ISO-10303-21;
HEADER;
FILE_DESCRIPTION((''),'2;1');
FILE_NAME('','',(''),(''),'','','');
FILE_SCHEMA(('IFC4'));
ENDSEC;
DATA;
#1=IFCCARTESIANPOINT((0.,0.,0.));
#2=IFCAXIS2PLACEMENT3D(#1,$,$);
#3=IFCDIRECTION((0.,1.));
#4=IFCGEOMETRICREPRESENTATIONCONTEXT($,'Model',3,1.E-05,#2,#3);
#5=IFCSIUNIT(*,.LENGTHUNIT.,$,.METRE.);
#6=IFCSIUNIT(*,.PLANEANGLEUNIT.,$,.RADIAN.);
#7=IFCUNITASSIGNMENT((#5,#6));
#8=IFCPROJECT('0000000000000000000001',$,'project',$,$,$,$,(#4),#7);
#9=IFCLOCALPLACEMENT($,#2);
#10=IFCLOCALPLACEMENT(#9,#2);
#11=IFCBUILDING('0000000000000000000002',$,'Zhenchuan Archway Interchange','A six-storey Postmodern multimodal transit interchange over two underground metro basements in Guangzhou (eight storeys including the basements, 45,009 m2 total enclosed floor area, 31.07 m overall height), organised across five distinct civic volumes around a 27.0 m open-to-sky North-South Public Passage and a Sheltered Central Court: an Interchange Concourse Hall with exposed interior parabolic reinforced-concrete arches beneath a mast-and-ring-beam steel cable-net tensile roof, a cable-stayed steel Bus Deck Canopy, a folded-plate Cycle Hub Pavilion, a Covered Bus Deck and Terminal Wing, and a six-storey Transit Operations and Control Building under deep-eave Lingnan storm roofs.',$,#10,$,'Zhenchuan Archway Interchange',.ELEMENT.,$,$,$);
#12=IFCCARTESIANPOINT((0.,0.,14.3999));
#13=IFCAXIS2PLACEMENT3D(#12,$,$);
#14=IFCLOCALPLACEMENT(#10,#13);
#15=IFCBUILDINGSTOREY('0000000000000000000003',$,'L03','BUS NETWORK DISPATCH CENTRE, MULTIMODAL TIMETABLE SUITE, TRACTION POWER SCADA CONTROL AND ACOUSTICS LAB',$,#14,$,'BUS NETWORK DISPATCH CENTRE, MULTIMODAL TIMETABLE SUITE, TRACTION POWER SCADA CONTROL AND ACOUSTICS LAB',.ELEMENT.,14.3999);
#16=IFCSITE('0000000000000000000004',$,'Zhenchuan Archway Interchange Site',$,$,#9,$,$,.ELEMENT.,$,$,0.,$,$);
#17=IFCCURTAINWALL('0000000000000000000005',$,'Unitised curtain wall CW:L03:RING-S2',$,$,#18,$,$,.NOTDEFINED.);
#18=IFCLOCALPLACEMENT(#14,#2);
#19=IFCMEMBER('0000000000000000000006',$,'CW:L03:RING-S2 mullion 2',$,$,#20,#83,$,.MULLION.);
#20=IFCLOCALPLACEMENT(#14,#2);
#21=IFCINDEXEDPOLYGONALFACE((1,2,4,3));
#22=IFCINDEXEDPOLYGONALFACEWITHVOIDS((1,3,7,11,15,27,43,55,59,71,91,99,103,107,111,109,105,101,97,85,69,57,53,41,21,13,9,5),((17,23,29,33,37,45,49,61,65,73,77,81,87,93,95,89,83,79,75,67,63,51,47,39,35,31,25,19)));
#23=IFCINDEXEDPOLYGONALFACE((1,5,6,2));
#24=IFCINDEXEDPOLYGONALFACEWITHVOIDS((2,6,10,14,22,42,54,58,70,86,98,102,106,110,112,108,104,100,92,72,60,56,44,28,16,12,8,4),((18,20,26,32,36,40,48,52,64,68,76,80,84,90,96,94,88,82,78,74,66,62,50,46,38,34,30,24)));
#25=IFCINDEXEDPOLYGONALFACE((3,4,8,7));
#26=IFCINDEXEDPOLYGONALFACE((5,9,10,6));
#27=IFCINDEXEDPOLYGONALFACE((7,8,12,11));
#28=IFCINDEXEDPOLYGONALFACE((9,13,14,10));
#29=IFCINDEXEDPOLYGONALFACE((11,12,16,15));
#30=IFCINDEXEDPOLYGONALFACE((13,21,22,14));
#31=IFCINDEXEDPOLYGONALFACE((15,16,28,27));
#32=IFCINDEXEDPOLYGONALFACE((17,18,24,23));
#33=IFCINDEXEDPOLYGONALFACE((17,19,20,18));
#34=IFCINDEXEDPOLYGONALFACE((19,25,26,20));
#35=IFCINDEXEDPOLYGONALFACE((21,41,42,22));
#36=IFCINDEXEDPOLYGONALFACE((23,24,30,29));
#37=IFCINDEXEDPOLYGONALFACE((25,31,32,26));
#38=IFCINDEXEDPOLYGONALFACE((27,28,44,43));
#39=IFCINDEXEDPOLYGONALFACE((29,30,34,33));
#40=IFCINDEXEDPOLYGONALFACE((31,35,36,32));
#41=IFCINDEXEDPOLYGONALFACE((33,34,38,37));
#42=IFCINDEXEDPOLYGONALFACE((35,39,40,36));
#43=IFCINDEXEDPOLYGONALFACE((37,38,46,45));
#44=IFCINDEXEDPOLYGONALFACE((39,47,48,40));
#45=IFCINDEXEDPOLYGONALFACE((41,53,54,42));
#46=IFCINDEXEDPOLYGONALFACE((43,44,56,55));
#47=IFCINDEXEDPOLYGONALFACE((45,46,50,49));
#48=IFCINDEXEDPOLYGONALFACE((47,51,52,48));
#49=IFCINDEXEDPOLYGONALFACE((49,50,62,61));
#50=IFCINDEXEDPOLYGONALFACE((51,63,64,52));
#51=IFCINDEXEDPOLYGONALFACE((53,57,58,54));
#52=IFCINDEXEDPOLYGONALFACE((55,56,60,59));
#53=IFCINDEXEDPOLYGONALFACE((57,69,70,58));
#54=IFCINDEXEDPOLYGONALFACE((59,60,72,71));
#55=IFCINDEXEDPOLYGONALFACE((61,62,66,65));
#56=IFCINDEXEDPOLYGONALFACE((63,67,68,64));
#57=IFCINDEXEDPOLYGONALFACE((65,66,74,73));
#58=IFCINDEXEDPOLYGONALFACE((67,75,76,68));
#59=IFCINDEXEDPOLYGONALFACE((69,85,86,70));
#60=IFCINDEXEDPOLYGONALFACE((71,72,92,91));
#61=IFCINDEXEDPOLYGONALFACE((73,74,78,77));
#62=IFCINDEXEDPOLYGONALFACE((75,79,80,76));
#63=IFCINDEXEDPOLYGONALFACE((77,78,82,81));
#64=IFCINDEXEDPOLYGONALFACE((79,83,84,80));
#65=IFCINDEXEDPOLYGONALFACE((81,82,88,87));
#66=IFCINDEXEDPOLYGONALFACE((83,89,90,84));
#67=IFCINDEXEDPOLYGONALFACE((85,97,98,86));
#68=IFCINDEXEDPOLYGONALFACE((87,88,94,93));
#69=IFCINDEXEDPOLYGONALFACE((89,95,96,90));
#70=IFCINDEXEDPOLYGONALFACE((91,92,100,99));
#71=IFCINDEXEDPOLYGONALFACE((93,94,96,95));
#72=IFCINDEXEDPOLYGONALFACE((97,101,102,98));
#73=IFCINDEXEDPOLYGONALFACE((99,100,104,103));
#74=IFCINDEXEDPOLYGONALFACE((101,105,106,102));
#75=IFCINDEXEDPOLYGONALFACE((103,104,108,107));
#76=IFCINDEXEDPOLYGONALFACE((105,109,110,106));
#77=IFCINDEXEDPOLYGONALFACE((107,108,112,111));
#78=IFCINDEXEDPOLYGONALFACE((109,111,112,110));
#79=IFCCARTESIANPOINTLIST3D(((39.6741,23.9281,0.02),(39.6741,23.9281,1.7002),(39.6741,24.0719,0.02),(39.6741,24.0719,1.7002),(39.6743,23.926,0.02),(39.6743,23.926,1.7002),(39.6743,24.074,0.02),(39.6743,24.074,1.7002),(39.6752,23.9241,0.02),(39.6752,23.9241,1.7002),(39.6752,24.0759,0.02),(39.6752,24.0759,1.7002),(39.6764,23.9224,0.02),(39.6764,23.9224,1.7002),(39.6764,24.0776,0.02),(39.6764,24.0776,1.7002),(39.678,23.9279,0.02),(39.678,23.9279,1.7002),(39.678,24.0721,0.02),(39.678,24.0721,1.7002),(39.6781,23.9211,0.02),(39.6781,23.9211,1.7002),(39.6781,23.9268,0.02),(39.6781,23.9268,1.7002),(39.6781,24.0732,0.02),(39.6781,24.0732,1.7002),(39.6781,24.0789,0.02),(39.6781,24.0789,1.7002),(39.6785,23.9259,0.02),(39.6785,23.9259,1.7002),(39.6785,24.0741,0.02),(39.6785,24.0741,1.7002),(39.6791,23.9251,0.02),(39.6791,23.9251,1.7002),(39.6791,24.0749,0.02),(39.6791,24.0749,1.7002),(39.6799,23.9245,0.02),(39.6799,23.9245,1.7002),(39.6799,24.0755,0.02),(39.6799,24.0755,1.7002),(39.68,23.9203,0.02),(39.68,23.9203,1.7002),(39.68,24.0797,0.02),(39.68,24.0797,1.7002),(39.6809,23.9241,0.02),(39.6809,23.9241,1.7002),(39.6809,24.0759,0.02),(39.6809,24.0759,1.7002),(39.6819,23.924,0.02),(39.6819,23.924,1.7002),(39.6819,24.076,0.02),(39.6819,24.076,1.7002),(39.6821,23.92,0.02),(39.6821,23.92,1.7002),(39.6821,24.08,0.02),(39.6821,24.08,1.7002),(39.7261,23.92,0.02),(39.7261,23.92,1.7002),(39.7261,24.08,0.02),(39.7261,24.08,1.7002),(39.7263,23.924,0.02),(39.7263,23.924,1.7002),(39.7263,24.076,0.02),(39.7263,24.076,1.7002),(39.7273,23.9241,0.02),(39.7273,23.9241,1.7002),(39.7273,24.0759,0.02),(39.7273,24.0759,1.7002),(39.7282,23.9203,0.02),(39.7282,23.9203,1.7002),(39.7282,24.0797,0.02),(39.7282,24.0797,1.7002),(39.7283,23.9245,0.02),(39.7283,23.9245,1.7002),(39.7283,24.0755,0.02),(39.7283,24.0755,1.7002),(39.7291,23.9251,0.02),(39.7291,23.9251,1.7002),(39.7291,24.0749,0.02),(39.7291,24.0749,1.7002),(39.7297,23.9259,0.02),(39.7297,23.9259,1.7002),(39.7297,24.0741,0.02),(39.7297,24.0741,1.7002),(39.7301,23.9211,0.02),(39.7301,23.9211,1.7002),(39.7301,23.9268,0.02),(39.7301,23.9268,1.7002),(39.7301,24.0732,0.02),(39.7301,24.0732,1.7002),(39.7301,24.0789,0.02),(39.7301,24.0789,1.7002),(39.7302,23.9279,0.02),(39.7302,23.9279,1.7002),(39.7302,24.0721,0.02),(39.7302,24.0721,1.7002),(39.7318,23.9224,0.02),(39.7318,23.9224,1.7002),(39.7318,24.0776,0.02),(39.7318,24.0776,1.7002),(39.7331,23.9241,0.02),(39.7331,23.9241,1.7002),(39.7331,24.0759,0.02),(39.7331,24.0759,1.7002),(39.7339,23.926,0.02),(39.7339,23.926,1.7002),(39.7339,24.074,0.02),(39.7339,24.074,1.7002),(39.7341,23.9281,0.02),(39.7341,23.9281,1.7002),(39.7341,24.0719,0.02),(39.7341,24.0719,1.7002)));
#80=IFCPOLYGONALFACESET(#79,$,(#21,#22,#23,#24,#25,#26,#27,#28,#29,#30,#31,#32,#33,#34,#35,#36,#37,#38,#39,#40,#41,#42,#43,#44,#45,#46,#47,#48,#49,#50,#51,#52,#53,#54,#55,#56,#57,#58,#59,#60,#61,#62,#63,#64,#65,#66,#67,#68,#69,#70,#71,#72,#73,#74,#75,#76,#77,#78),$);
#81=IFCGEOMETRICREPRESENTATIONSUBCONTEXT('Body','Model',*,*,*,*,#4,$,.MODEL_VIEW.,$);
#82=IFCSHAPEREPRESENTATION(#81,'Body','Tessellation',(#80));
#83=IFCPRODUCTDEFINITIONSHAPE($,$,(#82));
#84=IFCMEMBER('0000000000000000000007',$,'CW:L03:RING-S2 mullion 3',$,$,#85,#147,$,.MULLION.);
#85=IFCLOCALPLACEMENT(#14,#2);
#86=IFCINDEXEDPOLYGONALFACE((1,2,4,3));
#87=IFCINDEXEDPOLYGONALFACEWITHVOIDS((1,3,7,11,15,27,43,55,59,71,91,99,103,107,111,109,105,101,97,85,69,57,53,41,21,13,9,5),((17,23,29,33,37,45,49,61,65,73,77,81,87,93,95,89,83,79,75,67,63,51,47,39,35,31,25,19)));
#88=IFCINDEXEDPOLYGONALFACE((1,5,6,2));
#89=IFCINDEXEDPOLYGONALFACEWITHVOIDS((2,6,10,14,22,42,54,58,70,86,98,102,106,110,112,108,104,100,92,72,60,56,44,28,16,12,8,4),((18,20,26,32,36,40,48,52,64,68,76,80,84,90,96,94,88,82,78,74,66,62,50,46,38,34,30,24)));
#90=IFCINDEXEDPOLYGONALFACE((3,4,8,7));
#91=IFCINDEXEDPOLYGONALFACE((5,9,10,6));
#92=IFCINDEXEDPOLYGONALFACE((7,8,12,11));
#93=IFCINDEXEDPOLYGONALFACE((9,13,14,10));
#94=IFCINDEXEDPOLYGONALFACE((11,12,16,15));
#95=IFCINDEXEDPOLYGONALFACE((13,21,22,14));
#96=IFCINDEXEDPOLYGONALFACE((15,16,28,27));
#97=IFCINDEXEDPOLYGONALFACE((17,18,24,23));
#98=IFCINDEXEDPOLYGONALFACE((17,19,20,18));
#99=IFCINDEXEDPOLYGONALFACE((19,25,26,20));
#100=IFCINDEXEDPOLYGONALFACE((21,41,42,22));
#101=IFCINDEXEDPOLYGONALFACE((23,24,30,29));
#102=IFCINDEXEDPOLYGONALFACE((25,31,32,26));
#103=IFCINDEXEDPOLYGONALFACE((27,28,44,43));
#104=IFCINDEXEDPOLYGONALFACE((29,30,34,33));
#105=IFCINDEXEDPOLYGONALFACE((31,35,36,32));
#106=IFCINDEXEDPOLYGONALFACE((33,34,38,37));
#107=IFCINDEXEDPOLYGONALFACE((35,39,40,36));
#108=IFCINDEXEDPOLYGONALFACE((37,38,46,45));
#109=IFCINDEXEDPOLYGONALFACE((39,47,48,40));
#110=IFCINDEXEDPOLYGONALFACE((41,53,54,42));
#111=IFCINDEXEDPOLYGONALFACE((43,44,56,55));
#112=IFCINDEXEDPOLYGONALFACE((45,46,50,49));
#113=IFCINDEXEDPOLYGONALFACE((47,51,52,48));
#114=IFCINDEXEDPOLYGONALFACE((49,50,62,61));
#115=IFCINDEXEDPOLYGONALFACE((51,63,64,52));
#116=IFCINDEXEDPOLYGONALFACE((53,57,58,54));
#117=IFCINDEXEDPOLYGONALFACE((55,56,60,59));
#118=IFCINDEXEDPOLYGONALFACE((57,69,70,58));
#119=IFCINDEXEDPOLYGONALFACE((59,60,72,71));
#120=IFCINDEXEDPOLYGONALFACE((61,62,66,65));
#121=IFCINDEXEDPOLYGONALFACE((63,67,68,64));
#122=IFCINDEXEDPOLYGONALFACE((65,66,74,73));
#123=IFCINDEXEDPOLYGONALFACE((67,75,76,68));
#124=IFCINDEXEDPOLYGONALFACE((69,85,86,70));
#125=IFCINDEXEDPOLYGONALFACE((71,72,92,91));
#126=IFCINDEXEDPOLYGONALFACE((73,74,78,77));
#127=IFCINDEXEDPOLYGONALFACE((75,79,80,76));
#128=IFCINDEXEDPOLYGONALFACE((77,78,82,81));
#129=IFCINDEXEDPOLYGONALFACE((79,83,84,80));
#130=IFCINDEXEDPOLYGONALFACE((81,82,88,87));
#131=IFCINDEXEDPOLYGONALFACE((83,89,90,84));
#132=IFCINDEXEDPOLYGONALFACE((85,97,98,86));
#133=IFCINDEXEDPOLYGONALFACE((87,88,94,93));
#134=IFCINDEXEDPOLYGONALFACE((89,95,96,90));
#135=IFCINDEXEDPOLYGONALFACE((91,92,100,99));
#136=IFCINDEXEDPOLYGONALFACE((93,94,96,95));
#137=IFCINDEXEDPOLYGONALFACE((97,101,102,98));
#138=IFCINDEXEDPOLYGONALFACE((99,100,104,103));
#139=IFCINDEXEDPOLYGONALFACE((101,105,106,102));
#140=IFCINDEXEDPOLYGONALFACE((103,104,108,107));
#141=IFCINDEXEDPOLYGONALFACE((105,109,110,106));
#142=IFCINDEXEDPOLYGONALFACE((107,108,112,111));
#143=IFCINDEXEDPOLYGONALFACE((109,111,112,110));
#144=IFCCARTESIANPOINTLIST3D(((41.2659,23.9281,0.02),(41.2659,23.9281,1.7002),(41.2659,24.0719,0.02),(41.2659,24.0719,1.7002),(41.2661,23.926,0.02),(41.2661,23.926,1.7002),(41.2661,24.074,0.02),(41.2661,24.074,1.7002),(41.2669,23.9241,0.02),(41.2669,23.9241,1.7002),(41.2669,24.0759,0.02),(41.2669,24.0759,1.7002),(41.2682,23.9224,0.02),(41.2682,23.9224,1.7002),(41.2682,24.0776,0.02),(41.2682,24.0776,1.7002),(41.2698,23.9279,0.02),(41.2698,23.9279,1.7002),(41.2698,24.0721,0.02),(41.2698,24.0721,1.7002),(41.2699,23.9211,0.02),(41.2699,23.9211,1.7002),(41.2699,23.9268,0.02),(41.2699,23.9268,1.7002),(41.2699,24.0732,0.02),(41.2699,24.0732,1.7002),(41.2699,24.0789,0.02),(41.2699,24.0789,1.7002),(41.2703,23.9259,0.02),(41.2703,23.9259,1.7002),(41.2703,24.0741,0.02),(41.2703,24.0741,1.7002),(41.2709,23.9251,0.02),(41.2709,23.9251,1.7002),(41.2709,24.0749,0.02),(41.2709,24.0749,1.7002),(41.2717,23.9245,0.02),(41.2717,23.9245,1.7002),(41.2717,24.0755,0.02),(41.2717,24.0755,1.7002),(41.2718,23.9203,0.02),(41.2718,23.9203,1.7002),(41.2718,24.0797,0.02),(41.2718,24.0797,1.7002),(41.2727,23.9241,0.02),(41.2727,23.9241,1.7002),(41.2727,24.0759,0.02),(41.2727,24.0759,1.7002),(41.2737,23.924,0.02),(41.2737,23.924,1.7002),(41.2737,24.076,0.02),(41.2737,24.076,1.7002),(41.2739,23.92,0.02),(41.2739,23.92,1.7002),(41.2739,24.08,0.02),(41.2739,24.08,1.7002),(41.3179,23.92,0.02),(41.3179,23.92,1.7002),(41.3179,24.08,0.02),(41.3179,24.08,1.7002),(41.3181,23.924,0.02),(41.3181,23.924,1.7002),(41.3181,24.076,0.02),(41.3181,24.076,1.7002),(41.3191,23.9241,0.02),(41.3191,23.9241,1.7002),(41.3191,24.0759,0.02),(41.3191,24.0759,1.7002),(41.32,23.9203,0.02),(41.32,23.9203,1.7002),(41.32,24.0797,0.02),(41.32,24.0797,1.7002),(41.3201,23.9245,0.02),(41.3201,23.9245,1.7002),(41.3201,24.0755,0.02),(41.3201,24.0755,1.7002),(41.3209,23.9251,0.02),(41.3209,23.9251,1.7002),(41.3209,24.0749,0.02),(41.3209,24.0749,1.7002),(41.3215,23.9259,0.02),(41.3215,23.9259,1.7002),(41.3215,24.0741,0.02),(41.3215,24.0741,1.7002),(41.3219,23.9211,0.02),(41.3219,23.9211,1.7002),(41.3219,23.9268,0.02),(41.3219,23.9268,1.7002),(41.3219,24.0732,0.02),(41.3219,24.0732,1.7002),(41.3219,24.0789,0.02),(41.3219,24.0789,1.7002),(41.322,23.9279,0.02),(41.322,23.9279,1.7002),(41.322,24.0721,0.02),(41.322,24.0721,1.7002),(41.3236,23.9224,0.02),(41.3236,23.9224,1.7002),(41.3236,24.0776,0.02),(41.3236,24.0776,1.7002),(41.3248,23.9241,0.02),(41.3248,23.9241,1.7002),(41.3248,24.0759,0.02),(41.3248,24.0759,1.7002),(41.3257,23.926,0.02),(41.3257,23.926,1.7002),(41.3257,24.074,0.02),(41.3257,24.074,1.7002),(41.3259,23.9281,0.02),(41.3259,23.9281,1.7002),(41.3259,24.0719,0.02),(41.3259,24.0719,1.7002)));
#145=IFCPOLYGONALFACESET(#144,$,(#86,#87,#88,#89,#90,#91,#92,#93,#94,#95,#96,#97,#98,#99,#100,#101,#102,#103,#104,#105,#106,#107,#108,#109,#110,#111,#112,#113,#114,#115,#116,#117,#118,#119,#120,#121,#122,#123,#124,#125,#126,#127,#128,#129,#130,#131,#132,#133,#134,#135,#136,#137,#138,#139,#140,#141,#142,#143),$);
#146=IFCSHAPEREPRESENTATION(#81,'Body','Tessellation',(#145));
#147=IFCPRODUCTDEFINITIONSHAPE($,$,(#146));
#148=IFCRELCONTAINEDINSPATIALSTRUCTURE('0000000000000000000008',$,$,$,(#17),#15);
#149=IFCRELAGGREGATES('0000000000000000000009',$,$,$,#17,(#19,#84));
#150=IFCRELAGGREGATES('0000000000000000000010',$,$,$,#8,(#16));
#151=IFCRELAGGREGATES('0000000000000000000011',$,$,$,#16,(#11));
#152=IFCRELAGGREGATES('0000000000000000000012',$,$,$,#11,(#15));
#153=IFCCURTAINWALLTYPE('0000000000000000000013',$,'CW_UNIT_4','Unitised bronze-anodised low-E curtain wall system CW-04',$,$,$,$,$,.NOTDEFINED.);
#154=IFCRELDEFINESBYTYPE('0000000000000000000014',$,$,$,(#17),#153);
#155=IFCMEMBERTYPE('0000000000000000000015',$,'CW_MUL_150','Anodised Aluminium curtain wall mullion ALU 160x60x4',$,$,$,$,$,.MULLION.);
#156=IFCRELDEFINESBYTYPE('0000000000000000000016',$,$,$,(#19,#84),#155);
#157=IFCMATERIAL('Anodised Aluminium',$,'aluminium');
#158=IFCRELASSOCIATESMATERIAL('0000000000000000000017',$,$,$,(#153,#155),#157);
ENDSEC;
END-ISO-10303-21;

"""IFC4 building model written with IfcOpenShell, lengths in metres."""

from ifc_helpers import new_model, si_unit, direction, frame, origin, origin_2d, place, context, subcontext, project, spatial, hollow_rectangle, extrude, material, material_profile, profile_set, type_object, element, aggregate, save


model = new_model("IFC4")

# Units and contexts
model_context = context("Model", 3, precision=1e-05, world=origin(), true_north=direction((0.0, 1.0)))
body_context = subcontext(model_context, "Body", "Model", "MODEL_VIEW")
ifc_project = project(units=[si_unit("LENGTHUNIT", "METRE"), si_unit("PLANEANGLEUNIT", "RADIAN")], contexts=[model_context])

# Site, building, storey
site_placement = place(None, origin())
site = spatial("IfcSite", under=ifc_project, at=site_placement, Name="Zhenchuan Archway Interchange Site", CompositionType="ELEMENT", RefElevation=0.0)
building_placement = place(site_placement, origin())
building = spatial("IfcBuilding", under=site, at=building_placement, Name="Zhenchuan Archway Interchange", Description="A six-storey Postmodern multimodal transit interchange over two underground metro basements in Guangzhou (eight storeys including the basements, 45,009 m2 total enclosed floor area, 31.07 m overall height), organised across five distinct civic volumes around a 27.0 m open-to-sky North-South Public Passage and a Sheltered Central Court: an Interchange Concourse Hall with exposed interior parabolic reinforced-concrete arches beneath a mast-and-ring-beam steel cable-net tensile roof, a cable-stayed steel Bus Deck Canopy, a folded-plate Cycle Hub Pavilion, a Covered Bus Deck and Terminal Wing, and a six-storey Transit Operations and Control Building under deep-eave Lingnan storm roofs.", LongName="Zhenchuan Archway Interchange", CompositionType="ELEMENT")
storey_placement = place(building_placement, frame((0.0, 0.0, 14.3999)))
storey = spatial("IfcBuildingStorey", under=building, at=storey_placement, Name="L03", Description="BUS NETWORK DISPATCH CENTRE, MULTIMODAL TIMETABLE SUITE, TRACTION POWER SCADA CONTROL AND ACOUSTICS LAB", LongName="BUS NETWORK DISPATCH CENTRE, MULTIMODAL TIMETABLE SUITE, TRACTION POWER SCADA CONTROL AND ACOUSTICS LAB", CompositionType="ELEMENT", Elevation=14.3999)

# Curtain wall, members
ifc_material_1 = material(Name="Anodised Aluminium", Category="aluminium")
curtain_wall_type = type_object("IfcCurtainWallType", Name="CW_UNIT_4", Description="Unitised bronze-anodised low-E curtain wall system CW-04", PredefinedType="NOTDEFINED", material=ifc_material_1)
curtain_wall_1_placement = place(storey_placement, origin())
curtain_wall_1 = element("IfcCurtainWall", 1, at=curtain_wall_1_placement, inside=storey, type_object=curtain_wall_type, Name="Unitised curtain wall CW:L03:RING-S2", PredefinedType="NOTDEFINED")
ifc_material_profile_1 = material_profile(ifc_material_1, hollow_rectangle(XDim=0.0601, YDim=0.1599, WallThickness=0.0039, InnerFilletRadius=0.0039, OuterFilletRadius=0.0081, at=origin_2d()), Name="ALU 160x60x4")
ifc_profile_set_1 = profile_set([ifc_material_profile_1], Name="Anodised Aluminium")
member_type_1 = type_object("IfcMemberType", Name="CW_MUL_150", Description="Anodised Aluminium curtain wall mullion ALU 160x60x4", PredefinedType="MULLION", material=ifc_profile_set_1)
member_1_placement = place(storey_placement, frame((39.7041, 24.0, 0.02), z_axis=(0.0, 0.0, 1.0), x_axis=(1.0, 0.0, 0.0)))
member_1 = element("IfcMember", 2, at=member_1_placement, type_object=member_type_1, Name="CW:L03:RING-S2 mullion 2", PredefinedType="MULLION", context=body_context, shape_type="SweptSolid", body=[
    extrude(hollow_rectangle(XDim=0.0601, YDim=0.1599, WallThickness=0.0039, InnerFilletRadius=0.0039, OuterFilletRadius=0.0081, at=origin_2d()), origin(), (0.0, 0.0, 1.0), 1.6802),
])
member_2_placement = place(storey_placement, frame((41.2959, 24.0, 0.02), z_axis=(0.0, 0.0, 1.0), x_axis=(1.0, 0.0, 0.0)))
member_2 = element("IfcMember", 3, at=member_2_placement, type_object=member_type_1, Name="CW:L03:RING-S2 mullion 3", PredefinedType="MULLION", context=body_context, shape_type="SweptSolid", body=[
    extrude(hollow_rectangle(XDim=0.0601, YDim=0.1599, WallThickness=0.0039, InnerFilletRadius=0.0039, OuterFilletRadius=0.0081, at=origin_2d()), origin(), (0.0, 0.0, 1.0), 1.6802),
])

aggregate(curtain_wall_1, [member_1, member_2])

save(model, "model.ifc")
